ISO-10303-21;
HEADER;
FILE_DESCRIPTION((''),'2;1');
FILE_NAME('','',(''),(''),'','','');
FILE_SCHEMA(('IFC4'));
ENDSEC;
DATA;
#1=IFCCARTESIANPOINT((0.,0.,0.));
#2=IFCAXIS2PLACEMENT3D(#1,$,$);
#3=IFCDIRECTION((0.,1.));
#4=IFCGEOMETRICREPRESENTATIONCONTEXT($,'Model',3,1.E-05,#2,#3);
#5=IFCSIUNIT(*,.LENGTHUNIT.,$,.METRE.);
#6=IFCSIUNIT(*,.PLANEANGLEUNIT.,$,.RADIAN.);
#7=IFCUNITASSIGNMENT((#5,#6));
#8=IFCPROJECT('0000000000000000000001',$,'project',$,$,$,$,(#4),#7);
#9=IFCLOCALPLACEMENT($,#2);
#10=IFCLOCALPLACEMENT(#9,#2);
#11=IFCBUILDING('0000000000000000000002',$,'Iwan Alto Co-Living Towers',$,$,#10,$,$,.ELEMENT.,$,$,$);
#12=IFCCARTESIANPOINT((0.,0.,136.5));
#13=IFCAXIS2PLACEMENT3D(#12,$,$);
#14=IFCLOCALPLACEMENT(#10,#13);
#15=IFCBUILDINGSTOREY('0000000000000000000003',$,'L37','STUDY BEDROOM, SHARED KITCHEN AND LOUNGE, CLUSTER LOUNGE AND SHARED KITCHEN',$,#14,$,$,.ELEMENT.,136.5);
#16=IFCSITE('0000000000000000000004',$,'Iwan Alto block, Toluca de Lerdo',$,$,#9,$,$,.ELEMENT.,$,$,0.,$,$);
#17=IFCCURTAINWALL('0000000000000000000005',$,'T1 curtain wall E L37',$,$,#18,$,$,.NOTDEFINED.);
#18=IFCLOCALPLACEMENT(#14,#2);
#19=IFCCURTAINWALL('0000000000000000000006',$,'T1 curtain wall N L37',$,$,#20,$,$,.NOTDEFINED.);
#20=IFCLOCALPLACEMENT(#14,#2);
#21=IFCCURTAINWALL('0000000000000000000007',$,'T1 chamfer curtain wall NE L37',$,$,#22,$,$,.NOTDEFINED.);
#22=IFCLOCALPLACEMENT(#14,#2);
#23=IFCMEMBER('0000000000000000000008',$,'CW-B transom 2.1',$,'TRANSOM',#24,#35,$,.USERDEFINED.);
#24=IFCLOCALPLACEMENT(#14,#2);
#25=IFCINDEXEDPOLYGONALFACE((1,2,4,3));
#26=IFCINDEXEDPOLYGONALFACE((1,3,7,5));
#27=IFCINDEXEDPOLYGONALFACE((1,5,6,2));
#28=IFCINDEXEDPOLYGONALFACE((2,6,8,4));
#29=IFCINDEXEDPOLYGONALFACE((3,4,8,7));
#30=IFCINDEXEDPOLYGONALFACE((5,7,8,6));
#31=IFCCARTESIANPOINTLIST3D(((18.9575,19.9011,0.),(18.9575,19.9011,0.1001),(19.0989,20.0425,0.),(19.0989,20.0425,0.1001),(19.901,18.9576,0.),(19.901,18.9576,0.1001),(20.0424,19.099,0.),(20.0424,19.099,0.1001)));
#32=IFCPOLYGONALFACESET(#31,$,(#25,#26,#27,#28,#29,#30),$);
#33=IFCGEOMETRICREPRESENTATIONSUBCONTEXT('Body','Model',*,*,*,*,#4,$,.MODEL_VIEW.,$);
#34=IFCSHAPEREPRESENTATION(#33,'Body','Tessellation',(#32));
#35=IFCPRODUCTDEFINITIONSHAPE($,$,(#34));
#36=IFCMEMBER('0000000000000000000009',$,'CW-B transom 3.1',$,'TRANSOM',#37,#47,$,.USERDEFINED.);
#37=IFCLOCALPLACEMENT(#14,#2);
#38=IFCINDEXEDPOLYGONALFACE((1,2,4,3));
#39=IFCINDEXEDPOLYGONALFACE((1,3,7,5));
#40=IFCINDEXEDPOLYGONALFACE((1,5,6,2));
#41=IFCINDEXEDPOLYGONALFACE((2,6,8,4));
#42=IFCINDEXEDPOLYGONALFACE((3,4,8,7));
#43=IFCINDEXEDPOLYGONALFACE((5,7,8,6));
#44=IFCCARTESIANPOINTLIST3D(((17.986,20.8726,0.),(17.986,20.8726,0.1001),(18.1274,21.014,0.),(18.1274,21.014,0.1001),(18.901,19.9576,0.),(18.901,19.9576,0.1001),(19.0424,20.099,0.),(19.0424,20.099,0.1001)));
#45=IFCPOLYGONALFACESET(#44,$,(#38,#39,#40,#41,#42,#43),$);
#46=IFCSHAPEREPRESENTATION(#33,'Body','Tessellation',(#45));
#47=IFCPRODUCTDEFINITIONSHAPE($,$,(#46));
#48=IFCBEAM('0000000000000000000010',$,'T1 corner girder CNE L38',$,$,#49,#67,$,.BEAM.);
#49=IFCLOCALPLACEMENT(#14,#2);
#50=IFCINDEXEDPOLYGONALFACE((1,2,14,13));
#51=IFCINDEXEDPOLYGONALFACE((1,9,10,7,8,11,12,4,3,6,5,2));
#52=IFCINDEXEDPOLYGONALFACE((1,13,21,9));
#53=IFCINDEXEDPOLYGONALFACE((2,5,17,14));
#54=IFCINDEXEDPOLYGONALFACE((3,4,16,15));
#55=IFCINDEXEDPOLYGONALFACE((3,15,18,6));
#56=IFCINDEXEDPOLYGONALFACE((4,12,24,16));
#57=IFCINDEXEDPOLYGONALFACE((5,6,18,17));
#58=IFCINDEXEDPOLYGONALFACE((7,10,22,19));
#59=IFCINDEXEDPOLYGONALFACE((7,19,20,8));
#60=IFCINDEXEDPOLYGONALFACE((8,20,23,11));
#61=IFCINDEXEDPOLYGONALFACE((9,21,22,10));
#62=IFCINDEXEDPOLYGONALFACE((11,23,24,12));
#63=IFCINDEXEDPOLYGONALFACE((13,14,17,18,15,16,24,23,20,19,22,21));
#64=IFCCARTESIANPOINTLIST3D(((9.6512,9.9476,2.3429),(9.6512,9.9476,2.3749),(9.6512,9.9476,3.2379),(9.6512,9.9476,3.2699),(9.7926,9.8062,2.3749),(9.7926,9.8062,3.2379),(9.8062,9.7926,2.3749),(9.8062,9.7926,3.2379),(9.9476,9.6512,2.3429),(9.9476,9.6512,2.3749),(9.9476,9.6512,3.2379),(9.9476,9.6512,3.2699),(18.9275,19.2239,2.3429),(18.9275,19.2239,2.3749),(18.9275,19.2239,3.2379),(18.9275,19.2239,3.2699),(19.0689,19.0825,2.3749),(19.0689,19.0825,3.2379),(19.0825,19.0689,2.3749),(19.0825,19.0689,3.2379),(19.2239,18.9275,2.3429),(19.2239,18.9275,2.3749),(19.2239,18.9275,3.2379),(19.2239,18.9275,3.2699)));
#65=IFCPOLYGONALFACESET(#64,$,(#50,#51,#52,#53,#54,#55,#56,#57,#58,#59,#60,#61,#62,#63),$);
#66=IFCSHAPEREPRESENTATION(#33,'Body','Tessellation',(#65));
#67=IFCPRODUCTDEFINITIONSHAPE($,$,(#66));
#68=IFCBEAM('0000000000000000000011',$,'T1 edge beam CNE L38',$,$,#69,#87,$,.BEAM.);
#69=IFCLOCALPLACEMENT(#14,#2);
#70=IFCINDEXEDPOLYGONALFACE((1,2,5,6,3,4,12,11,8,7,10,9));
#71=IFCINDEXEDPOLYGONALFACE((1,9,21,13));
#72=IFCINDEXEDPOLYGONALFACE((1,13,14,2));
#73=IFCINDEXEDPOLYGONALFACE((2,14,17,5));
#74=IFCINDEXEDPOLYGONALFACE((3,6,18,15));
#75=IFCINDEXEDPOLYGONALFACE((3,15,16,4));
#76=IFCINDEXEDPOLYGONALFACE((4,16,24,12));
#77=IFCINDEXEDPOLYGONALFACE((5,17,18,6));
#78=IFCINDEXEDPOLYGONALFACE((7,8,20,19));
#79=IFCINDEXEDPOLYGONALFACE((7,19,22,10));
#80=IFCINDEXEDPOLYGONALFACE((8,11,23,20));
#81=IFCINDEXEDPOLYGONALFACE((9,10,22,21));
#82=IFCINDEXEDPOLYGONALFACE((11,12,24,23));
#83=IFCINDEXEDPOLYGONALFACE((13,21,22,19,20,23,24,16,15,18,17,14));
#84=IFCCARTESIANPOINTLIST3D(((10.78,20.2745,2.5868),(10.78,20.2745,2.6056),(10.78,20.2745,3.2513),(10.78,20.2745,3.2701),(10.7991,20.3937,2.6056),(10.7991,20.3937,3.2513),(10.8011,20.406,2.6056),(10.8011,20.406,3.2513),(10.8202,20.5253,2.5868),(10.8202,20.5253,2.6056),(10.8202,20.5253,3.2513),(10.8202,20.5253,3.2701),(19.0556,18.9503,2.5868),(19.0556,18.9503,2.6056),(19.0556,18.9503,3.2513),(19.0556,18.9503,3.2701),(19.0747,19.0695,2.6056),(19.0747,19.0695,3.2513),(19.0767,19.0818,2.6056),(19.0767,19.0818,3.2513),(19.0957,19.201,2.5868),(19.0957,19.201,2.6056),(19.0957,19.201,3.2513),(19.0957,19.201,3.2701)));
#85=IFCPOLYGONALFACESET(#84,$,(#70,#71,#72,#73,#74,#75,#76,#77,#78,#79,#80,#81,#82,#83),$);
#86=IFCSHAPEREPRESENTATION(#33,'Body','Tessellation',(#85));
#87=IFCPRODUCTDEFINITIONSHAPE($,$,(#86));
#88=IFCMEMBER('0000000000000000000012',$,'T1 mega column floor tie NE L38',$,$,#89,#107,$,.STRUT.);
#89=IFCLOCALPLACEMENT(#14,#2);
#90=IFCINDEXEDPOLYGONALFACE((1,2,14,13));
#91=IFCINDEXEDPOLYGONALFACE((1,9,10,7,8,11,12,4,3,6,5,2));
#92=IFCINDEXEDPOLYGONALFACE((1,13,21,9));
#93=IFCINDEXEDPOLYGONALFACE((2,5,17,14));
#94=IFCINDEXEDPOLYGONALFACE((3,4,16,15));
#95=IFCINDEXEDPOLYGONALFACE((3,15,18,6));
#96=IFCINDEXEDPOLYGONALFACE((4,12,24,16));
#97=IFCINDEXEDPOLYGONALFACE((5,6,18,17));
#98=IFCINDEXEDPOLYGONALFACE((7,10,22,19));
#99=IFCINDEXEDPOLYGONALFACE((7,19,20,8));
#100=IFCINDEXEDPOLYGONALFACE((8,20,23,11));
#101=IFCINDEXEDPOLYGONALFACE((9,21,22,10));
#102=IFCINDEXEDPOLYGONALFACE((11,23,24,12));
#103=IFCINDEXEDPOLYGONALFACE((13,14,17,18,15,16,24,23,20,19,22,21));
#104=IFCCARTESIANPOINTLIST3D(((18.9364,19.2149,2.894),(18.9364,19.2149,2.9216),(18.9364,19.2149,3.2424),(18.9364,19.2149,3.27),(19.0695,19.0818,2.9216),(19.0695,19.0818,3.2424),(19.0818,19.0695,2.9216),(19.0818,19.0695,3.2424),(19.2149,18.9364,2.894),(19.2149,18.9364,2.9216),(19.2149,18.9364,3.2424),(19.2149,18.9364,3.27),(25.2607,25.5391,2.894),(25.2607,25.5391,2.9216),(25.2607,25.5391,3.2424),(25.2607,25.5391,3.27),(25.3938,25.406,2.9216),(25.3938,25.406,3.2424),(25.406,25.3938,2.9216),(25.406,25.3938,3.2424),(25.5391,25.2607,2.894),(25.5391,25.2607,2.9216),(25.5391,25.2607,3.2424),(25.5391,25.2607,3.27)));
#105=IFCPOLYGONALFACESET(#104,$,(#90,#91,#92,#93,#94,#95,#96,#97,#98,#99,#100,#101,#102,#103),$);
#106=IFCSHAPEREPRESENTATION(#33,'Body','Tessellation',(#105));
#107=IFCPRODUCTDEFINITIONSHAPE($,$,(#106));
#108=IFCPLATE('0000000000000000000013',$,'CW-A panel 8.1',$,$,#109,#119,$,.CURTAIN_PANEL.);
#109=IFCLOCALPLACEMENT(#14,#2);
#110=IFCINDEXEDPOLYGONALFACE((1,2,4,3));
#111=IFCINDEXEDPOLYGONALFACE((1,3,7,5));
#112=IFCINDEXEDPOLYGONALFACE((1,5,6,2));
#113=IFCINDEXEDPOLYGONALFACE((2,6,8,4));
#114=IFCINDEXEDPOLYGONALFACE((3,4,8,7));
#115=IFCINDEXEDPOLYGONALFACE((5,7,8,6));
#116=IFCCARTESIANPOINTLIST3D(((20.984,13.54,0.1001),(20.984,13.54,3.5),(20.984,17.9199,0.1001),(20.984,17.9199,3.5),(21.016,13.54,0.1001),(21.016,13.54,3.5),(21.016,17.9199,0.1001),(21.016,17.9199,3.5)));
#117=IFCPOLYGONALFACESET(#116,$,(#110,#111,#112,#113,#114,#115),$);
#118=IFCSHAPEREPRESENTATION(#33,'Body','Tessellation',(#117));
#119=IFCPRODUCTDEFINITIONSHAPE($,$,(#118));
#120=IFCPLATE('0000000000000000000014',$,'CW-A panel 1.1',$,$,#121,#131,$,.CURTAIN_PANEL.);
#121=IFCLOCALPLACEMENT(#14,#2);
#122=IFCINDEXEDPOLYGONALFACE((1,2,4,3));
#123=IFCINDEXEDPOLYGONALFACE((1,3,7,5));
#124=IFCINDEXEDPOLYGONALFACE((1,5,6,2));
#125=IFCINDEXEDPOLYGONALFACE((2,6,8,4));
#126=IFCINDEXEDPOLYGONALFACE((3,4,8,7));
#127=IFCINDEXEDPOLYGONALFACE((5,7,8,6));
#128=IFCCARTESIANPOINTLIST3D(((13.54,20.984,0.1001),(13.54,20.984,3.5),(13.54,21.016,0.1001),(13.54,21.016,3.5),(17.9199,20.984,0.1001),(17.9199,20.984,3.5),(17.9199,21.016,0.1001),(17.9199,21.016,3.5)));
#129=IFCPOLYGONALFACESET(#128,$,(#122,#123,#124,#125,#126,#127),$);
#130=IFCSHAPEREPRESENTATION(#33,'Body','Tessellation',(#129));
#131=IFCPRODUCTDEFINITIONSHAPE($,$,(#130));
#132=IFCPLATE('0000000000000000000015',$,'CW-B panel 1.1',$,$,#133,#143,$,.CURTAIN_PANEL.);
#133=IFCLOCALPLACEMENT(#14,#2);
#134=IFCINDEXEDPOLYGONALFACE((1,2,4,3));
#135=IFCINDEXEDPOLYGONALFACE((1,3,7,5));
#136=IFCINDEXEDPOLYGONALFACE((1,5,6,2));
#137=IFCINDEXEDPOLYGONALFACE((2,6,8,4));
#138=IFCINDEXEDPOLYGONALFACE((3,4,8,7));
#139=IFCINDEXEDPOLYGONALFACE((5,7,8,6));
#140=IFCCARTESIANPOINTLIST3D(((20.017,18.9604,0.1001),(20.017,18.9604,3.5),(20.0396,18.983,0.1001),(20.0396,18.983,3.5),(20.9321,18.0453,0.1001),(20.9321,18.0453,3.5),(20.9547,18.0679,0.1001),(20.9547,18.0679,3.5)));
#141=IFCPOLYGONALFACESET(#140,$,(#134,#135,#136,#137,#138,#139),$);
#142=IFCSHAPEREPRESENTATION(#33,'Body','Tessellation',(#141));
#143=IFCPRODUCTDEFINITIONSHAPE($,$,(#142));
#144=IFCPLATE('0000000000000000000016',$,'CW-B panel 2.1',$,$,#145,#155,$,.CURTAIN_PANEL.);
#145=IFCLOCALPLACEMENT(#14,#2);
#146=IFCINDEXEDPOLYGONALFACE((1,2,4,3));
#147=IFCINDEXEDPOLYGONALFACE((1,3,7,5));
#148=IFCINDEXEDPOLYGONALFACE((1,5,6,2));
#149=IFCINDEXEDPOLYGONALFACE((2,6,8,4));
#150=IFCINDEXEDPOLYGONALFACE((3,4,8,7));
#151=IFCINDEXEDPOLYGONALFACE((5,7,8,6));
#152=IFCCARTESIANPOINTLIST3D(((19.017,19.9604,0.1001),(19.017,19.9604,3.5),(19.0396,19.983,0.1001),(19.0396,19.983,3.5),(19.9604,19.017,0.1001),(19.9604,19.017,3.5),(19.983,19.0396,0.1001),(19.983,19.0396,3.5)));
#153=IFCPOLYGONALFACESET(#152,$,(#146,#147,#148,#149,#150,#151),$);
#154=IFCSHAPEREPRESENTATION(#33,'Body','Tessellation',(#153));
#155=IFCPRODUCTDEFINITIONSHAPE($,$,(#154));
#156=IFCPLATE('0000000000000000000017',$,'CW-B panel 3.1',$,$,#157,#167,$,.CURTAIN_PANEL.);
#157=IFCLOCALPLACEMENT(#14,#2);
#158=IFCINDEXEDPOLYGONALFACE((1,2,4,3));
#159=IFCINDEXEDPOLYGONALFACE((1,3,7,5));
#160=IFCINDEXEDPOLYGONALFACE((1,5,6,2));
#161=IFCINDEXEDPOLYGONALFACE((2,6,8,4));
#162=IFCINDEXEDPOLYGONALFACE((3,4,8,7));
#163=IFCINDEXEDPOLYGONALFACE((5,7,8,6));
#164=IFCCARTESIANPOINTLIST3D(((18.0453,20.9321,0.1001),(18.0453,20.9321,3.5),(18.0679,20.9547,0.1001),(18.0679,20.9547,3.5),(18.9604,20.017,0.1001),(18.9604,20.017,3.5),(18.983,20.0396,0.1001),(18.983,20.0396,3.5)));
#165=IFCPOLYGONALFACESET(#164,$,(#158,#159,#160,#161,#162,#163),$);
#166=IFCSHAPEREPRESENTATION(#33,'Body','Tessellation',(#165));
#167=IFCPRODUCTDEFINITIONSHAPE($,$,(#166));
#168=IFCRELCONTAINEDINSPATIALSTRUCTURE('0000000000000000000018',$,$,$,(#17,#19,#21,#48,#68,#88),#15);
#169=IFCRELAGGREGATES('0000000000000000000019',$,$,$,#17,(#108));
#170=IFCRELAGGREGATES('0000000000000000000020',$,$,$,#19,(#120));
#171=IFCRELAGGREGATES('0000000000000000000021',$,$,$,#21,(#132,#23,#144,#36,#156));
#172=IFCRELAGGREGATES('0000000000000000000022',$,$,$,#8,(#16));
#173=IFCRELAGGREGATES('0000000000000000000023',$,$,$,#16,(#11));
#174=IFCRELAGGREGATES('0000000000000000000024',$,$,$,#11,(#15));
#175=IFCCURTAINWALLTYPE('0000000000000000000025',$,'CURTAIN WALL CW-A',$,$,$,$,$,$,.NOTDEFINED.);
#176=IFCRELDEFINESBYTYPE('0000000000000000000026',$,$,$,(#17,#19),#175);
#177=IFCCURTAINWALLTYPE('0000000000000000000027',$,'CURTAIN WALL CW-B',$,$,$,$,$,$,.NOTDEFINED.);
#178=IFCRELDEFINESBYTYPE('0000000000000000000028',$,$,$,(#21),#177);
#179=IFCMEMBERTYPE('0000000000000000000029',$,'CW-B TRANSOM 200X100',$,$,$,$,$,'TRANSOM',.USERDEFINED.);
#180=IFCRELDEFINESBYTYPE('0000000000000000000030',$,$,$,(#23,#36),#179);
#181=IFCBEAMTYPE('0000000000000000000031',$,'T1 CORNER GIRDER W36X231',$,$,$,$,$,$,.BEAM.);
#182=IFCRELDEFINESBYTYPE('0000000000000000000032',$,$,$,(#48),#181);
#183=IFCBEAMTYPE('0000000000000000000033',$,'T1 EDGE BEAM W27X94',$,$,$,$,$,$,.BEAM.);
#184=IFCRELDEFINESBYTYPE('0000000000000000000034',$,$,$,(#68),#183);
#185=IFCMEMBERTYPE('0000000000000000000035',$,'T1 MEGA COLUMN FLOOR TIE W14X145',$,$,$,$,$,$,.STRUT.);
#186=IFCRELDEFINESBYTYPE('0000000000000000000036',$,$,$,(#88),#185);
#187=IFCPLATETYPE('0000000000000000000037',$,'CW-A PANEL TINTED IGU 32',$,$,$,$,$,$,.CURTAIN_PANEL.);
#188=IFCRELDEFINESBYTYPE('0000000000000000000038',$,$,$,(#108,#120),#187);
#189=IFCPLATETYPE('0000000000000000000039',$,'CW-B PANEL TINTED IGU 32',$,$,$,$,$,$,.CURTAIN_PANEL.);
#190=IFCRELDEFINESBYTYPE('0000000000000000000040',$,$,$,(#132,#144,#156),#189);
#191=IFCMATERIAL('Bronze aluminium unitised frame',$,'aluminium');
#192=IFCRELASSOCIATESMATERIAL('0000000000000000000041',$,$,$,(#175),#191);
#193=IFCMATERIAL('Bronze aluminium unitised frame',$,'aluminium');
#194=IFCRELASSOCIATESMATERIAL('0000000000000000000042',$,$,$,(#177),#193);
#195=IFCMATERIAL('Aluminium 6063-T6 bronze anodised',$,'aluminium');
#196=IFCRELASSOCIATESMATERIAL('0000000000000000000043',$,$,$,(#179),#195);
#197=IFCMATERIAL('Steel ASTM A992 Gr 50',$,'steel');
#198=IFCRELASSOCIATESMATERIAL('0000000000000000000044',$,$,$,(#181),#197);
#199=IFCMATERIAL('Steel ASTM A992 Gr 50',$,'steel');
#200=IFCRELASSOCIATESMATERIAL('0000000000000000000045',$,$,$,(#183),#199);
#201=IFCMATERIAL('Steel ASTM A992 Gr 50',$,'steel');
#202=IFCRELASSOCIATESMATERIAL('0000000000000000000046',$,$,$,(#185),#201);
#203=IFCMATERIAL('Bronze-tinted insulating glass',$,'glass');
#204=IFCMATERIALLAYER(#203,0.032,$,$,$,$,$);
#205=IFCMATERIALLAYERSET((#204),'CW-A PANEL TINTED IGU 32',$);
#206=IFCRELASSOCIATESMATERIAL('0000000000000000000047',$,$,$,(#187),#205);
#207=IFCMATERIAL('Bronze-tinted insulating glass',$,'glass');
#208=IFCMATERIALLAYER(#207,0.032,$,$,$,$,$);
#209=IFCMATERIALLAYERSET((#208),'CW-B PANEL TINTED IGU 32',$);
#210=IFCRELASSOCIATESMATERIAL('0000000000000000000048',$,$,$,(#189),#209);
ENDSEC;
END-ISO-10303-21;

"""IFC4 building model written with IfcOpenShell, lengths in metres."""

from ifc_helpers import new_model, si_unit, direction, frame, origin, origin_2d, place, context, subcontext, project, spatial, rectangle, i_section, extrude, material, layer, layer_set, material_profile, profile_set, type_object, element, aggregate, save


model = new_model("IFC4")

# Units and contexts
model_context = context("Model", 3, precision=1e-05, world=origin(), true_north=direction((0.0, 1.0)))
body_context = subcontext(model_context, "Body", "Model", "MODEL_VIEW")
ifc_project = project(units=[si_unit("LENGTHUNIT", "METRE"), si_unit("PLANEANGLEUNIT", "RADIAN")], contexts=[model_context])

# Site, building, storey
site_placement = place(None, origin())
site = spatial("IfcSite", under=ifc_project, at=site_placement, Name="Iwan Alto block, Toluca de Lerdo", CompositionType="ELEMENT", RefElevation=0.0)
building_placement = place(site_placement, origin())
building = spatial("IfcBuilding", under=site, at=building_placement, Name="Iwan Alto Co-Living Towers", CompositionType="ELEMENT")
storey_placement = place(building_placement, frame((0.0, 0.0, 136.5)))
storey = spatial("IfcBuildingStorey", under=building, at=storey_placement, Name="L37", Description="STUDY BEDROOM, SHARED KITCHEN AND LOUNGE, CLUSTER LOUNGE AND SHARED KITCHEN", CompositionType="ELEMENT", Elevation=136.5)

# Curtain wall
ifc_material_1 = material(Name="Bronze aluminium unitised frame", Category="aluminium")
curtain_wall_type_1 = type_object("IfcCurtainWallType", Name="CURTAIN WALL CW-A", PredefinedType="NOTDEFINED", material=ifc_material_1)
curtain_wall_1_placement = place(storey_placement, origin())
curtain_wall_1 = element("IfcCurtainWall", 1, at=curtain_wall_1_placement, inside=storey, type_object=curtain_wall_type_1, Name="T1 curtain wall E L37", PredefinedType="NOTDEFINED")

# Curtain wall
curtain_wall_2_placement = place(storey_placement, origin())
curtain_wall_2 = element("IfcCurtainWall", 2, at=curtain_wall_2_placement, inside=storey, type_object=curtain_wall_type_1, Name="T1 curtain wall N L37", PredefinedType="NOTDEFINED")

# Curtain wall, members
ifc_material_2 = material(Name="Bronze aluminium unitised frame", Category="aluminium")
curtain_wall_type_2 = type_object("IfcCurtainWallType", Name="CURTAIN WALL CW-B", PredefinedType="NOTDEFINED", material=ifc_material_2)
curtain_wall_3_placement = place(storey_placement, origin())
curtain_wall_3 = element("IfcCurtainWall", 3, at=curtain_wall_3_placement, inside=storey, type_object=curtain_wall_type_2, Name="T1 chamfer curtain wall NE L37", PredefinedType="NOTDEFINED")
ifc_material_3 = material(Name="Aluminium 6063-T6 bronze anodised", Category="aluminium")
ifc_material_profile_1 = material_profile(ifc_material_3, rectangle(XDim=0.2, YDim=0.1001, at=origin_2d()), Name="AL 200X100")
ifc_profile_set_1 = profile_set([ifc_material_profile_1], Name="Aluminium 6063-T6 bronze anodised")
member_type_1 = type_object("IfcMemberType", Name="CW-B TRANSOM 200X100", ElementType="TRANSOM", PredefinedType="USERDEFINED", material=ifc_profile_set_1)
member_1_placement = place(storey_placement, frame((19.9717, 19.0283, 0.05), z_axis=(-0.707107, 0.707107, 0.0), x_axis=(-0.707107, -0.707107, 0.0)))
member_1 = element("IfcMember", 4, at=member_1_placement, type_object=member_type_1, Name="CW-B transom 2.1", ObjectType="TRANSOM", PredefinedType="USERDEFINED", context=body_context, shape_type="SweptSolid", body=[
    extrude(rectangle(XDim=0.2, YDim=0.1001, at=origin_2d()), origin(), (0.0, 0.0, 1.0), 1.3342),
])
member_2_placement = place(storey_placement, frame((18.9717, 20.0283, 0.05), z_axis=(-0.707107, 0.707107, 0.0), x_axis=(-0.707107, -0.707107, 0.0)))
member_2 = element("IfcMember", 5, at=member_2_placement, type_object=member_type_1, Name="CW-B transom 3.1", ObjectType="TRANSOM", PredefinedType="USERDEFINED", context=body_context, shape_type="SweptSolid", body=[
    extrude(rectangle(XDim=0.2, YDim=0.1001, at=origin_2d()), origin(), (0.0, 0.0, 1.0), 1.2939),
])

# Beams
ifc_material_4 = material(Name="Steel ASTM A992 Gr 50", Category="steel")
ifc_material_profile_2 = material_profile(ifc_material_4, i_section(OverallWidth=0.4192, OverallDepth=0.927, WebThickness=0.0193, FlangeThickness=0.032, at=origin_2d()), Name="W36X231")
ifc_profile_set_2 = profile_set([ifc_material_profile_2], Name="Steel ASTM A992 Gr 50")
beam_type_1 = type_object("IfcBeamType", Name="T1 CORNER GIRDER W36X231", PredefinedType="BEAM", material=ifc_profile_set_2)
beam_1_placement = place(storey_placement, frame((19.0757, 19.0757, 2.8064), z_axis=(-0.707107, -0.707107, 0.0), x_axis=(0.707107, -0.707107, 0.0)))
element("IfcBeam", 6, at=beam_1_placement, inside=storey, type_object=beam_type_1, Name="T1 corner girder CNE L38", PredefinedType="BEAM", context=body_context, shape_type="SweptSolid", body=[
    extrude(i_section(OverallWidth=0.4192, OverallDepth=0.927, WebThickness=0.0193, FlangeThickness=0.032, at=origin_2d()), origin(), (0.0, 0.0, 1.0), 13.1187),
])
ifc_material_5 = material(Name="Steel ASTM A992 Gr 50", Category="steel")
ifc_material_profile_3 = material_profile(ifc_material_5, i_section(OverallWidth=0.2539, OverallDepth=0.6833, WebThickness=0.0125, FlangeThickness=0.0188, at=origin_2d()), Name="W27X94")
ifc_profile_set_3 = profile_set([ifc_material_profile_3], Name="Steel ASTM A992 Gr 50")
beam_type_2 = type_object("IfcBeamType", Name="T1 EDGE BEAM W27X94", PredefinedType="BEAM", material=ifc_profile_set_3)
beam_2_placement = place(storey_placement, frame((19.0757, 19.0757, 2.9285), z_axis=(-0.987438, 0.158004, 0.0), x_axis=(-0.158004, -0.987438, 0.0)))
element("IfcBeam", 7, at=beam_2_placement, inside=storey, type_object=beam_type_2, Name="T1 edge beam CNE L38", PredefinedType="BEAM", context=body_context, shape_type="SweptSolid", body=[
    extrude(i_section(OverallWidth=0.2539, OverallDepth=0.6833, WebThickness=0.0125, FlangeThickness=0.0188, at=origin_2d()), origin(), (0.0, 0.0, 1.0), 8.3809),
])

# Member
ifc_material_6 = material(Name="Steel ASTM A992 Gr 50", Category="steel")
ifc_material_profile_4 = material_profile(ifc_material_6, i_section(OverallWidth=0.3938, OverallDepth=0.376, WebThickness=0.0173, FlangeThickness=0.0276, at=origin_2d()), Name="W14X145")
ifc_profile_set_4 = profile_set([ifc_material_profile_4], Name="Steel ASTM A992 Gr 50")
member_type_2 = type_object("IfcMemberType", Name="T1 MEGA COLUMN FLOOR TIE W14X145", PredefinedType="STRUT", material=ifc_profile_set_4)
member_3_placement = place(storey_placement, frame((25.3999, 25.3999, 3.082), z_axis=(-0.707107, -0.707107, 0.0), x_axis=(0.707107, -0.707107, 0.0)))
element("IfcMember", 8, at=member_3_placement, inside=storey, type_object=member_type_2, Name="T1 mega column floor tie NE L38", PredefinedType="STRUT", context=body_context, shape_type="SweptSolid", body=[
    extrude(i_section(OverallWidth=0.3938, OverallDepth=0.376, WebThickness=0.0173, FlangeThickness=0.0276, at=origin_2d()), origin(), (0.0, 0.0, 1.0), 8.9438),
])

# Plates
ifc_material_7 = material(Name="Bronze-tinted insulating glass", Category="glass")
ifc_layer_1 = layer(ifc_material_7, 0.032)
ifc_layer_set_1 = layer_set([ifc_layer_1], Name="CW-A PANEL TINTED IGU 32")
plate_type_1 = type_object("IfcPlateType", Name="CW-A PANEL TINTED IGU 32", PredefinedType="CURTAIN_PANEL", material=ifc_layer_set_1)
plate_1_placement = place(storey_placement, frame((21.0, 15.73, 0.1001), z_axis=(0.0, 0.0, 1.0), x_axis=(0.0, 1.0, 0.0)))
plate_1 = element("IfcPlate", 9, at=plate_1_placement, type_object=plate_type_1, Name="CW-A panel 8.1", PredefinedType="CURTAIN_PANEL", context=body_context, shape_type="SweptSolid", body=[
    extrude(rectangle(XDim=4.3799, YDim=0.032, at=origin_2d()), origin(), (0.0, 0.0, 1.0), 3.3999),
])
aggregate(curtain_wall_1, [plate_1])
plate_2_placement = place(storey_placement, frame((15.73, 21.0, 0.1001), z_axis=(0.0, 0.0, 1.0), x_axis=(-1.0, 0.0, 0.0)))
plate_2 = element("IfcPlate", 10, at=plate_2_placement, type_object=plate_type_1, Name="CW-A panel 1.1", PredefinedType="CURTAIN_PANEL", context=body_context, shape_type="SweptSolid", body=[
    extrude(rectangle(XDim=4.3799, YDim=0.032, at=origin_2d()), origin(), (0.0, 0.0, 1.0), 3.3999),
])
aggregate(curtain_wall_2, [plate_2])
ifc_material_8 = material(Name="Bronze-tinted insulating glass", Category="glass")
ifc_layer_2 = layer(ifc_material_8, 0.032)
ifc_layer_set_2 = layer_set([ifc_layer_2], Name="CW-B PANEL TINTED IGU 32")
plate_type_2 = type_object("IfcPlateType", Name="CW-B PANEL TINTED IGU 32", PredefinedType="CURTAIN_PANEL", material=ifc_layer_set_2)
plate_3_placement = place(storey_placement, frame((20.4858, 18.5142, 0.1001), z_axis=(0.0, 0.0, 1.0), x_axis=(-0.707107, 0.707107, 0.0)))
plate_3 = element("IfcPlate", 11, at=plate_3_placement, type_object=plate_type_2, Name="CW-B panel 1.1", PredefinedType="CURTAIN_PANEL", context=body_context, shape_type="SweptSolid", body=[
    extrude(rectangle(XDim=1.2942, YDim=0.032, at=origin_2d()), origin(), (0.0, 0.0, 1.0), 3.3999),
])
plate_4_placement = place(storey_placement, frame((19.5, 19.5, 0.1001), z_axis=(0.0, 0.0, 1.0), x_axis=(-0.707107, 0.707107, 0.0)))
plate_4 = element("IfcPlate", 12, at=plate_4_placement, type_object=plate_type_2, Name="CW-B panel 2.1", PredefinedType="CURTAIN_PANEL", context=body_context, shape_type="SweptSolid", body=[
    extrude(rectangle(XDim=1.3342, YDim=0.032, at=origin_2d()), origin(), (0.0, 0.0, 1.0), 3.3999),
])
plate_5_placement = place(storey_placement, frame((18.5142, 20.4858, 0.1001), z_axis=(0.0, 0.0, 1.0), x_axis=(-0.707107, 0.707107, 0.0)))
plate_5 = element("IfcPlate", 13, at=plate_5_placement, type_object=plate_type_2, Name="CW-B panel 3.1", PredefinedType="CURTAIN_PANEL", context=body_context, shape_type="SweptSolid", body=[
    extrude(rectangle(XDim=1.2942, YDim=0.032, at=origin_2d()), origin(), (0.0, 0.0, 1.0), 3.3999),
])
aggregate(curtain_wall_3, [plate_3, member_1, plate_4, member_2, plate_5])

save(model, "model.ifc")
